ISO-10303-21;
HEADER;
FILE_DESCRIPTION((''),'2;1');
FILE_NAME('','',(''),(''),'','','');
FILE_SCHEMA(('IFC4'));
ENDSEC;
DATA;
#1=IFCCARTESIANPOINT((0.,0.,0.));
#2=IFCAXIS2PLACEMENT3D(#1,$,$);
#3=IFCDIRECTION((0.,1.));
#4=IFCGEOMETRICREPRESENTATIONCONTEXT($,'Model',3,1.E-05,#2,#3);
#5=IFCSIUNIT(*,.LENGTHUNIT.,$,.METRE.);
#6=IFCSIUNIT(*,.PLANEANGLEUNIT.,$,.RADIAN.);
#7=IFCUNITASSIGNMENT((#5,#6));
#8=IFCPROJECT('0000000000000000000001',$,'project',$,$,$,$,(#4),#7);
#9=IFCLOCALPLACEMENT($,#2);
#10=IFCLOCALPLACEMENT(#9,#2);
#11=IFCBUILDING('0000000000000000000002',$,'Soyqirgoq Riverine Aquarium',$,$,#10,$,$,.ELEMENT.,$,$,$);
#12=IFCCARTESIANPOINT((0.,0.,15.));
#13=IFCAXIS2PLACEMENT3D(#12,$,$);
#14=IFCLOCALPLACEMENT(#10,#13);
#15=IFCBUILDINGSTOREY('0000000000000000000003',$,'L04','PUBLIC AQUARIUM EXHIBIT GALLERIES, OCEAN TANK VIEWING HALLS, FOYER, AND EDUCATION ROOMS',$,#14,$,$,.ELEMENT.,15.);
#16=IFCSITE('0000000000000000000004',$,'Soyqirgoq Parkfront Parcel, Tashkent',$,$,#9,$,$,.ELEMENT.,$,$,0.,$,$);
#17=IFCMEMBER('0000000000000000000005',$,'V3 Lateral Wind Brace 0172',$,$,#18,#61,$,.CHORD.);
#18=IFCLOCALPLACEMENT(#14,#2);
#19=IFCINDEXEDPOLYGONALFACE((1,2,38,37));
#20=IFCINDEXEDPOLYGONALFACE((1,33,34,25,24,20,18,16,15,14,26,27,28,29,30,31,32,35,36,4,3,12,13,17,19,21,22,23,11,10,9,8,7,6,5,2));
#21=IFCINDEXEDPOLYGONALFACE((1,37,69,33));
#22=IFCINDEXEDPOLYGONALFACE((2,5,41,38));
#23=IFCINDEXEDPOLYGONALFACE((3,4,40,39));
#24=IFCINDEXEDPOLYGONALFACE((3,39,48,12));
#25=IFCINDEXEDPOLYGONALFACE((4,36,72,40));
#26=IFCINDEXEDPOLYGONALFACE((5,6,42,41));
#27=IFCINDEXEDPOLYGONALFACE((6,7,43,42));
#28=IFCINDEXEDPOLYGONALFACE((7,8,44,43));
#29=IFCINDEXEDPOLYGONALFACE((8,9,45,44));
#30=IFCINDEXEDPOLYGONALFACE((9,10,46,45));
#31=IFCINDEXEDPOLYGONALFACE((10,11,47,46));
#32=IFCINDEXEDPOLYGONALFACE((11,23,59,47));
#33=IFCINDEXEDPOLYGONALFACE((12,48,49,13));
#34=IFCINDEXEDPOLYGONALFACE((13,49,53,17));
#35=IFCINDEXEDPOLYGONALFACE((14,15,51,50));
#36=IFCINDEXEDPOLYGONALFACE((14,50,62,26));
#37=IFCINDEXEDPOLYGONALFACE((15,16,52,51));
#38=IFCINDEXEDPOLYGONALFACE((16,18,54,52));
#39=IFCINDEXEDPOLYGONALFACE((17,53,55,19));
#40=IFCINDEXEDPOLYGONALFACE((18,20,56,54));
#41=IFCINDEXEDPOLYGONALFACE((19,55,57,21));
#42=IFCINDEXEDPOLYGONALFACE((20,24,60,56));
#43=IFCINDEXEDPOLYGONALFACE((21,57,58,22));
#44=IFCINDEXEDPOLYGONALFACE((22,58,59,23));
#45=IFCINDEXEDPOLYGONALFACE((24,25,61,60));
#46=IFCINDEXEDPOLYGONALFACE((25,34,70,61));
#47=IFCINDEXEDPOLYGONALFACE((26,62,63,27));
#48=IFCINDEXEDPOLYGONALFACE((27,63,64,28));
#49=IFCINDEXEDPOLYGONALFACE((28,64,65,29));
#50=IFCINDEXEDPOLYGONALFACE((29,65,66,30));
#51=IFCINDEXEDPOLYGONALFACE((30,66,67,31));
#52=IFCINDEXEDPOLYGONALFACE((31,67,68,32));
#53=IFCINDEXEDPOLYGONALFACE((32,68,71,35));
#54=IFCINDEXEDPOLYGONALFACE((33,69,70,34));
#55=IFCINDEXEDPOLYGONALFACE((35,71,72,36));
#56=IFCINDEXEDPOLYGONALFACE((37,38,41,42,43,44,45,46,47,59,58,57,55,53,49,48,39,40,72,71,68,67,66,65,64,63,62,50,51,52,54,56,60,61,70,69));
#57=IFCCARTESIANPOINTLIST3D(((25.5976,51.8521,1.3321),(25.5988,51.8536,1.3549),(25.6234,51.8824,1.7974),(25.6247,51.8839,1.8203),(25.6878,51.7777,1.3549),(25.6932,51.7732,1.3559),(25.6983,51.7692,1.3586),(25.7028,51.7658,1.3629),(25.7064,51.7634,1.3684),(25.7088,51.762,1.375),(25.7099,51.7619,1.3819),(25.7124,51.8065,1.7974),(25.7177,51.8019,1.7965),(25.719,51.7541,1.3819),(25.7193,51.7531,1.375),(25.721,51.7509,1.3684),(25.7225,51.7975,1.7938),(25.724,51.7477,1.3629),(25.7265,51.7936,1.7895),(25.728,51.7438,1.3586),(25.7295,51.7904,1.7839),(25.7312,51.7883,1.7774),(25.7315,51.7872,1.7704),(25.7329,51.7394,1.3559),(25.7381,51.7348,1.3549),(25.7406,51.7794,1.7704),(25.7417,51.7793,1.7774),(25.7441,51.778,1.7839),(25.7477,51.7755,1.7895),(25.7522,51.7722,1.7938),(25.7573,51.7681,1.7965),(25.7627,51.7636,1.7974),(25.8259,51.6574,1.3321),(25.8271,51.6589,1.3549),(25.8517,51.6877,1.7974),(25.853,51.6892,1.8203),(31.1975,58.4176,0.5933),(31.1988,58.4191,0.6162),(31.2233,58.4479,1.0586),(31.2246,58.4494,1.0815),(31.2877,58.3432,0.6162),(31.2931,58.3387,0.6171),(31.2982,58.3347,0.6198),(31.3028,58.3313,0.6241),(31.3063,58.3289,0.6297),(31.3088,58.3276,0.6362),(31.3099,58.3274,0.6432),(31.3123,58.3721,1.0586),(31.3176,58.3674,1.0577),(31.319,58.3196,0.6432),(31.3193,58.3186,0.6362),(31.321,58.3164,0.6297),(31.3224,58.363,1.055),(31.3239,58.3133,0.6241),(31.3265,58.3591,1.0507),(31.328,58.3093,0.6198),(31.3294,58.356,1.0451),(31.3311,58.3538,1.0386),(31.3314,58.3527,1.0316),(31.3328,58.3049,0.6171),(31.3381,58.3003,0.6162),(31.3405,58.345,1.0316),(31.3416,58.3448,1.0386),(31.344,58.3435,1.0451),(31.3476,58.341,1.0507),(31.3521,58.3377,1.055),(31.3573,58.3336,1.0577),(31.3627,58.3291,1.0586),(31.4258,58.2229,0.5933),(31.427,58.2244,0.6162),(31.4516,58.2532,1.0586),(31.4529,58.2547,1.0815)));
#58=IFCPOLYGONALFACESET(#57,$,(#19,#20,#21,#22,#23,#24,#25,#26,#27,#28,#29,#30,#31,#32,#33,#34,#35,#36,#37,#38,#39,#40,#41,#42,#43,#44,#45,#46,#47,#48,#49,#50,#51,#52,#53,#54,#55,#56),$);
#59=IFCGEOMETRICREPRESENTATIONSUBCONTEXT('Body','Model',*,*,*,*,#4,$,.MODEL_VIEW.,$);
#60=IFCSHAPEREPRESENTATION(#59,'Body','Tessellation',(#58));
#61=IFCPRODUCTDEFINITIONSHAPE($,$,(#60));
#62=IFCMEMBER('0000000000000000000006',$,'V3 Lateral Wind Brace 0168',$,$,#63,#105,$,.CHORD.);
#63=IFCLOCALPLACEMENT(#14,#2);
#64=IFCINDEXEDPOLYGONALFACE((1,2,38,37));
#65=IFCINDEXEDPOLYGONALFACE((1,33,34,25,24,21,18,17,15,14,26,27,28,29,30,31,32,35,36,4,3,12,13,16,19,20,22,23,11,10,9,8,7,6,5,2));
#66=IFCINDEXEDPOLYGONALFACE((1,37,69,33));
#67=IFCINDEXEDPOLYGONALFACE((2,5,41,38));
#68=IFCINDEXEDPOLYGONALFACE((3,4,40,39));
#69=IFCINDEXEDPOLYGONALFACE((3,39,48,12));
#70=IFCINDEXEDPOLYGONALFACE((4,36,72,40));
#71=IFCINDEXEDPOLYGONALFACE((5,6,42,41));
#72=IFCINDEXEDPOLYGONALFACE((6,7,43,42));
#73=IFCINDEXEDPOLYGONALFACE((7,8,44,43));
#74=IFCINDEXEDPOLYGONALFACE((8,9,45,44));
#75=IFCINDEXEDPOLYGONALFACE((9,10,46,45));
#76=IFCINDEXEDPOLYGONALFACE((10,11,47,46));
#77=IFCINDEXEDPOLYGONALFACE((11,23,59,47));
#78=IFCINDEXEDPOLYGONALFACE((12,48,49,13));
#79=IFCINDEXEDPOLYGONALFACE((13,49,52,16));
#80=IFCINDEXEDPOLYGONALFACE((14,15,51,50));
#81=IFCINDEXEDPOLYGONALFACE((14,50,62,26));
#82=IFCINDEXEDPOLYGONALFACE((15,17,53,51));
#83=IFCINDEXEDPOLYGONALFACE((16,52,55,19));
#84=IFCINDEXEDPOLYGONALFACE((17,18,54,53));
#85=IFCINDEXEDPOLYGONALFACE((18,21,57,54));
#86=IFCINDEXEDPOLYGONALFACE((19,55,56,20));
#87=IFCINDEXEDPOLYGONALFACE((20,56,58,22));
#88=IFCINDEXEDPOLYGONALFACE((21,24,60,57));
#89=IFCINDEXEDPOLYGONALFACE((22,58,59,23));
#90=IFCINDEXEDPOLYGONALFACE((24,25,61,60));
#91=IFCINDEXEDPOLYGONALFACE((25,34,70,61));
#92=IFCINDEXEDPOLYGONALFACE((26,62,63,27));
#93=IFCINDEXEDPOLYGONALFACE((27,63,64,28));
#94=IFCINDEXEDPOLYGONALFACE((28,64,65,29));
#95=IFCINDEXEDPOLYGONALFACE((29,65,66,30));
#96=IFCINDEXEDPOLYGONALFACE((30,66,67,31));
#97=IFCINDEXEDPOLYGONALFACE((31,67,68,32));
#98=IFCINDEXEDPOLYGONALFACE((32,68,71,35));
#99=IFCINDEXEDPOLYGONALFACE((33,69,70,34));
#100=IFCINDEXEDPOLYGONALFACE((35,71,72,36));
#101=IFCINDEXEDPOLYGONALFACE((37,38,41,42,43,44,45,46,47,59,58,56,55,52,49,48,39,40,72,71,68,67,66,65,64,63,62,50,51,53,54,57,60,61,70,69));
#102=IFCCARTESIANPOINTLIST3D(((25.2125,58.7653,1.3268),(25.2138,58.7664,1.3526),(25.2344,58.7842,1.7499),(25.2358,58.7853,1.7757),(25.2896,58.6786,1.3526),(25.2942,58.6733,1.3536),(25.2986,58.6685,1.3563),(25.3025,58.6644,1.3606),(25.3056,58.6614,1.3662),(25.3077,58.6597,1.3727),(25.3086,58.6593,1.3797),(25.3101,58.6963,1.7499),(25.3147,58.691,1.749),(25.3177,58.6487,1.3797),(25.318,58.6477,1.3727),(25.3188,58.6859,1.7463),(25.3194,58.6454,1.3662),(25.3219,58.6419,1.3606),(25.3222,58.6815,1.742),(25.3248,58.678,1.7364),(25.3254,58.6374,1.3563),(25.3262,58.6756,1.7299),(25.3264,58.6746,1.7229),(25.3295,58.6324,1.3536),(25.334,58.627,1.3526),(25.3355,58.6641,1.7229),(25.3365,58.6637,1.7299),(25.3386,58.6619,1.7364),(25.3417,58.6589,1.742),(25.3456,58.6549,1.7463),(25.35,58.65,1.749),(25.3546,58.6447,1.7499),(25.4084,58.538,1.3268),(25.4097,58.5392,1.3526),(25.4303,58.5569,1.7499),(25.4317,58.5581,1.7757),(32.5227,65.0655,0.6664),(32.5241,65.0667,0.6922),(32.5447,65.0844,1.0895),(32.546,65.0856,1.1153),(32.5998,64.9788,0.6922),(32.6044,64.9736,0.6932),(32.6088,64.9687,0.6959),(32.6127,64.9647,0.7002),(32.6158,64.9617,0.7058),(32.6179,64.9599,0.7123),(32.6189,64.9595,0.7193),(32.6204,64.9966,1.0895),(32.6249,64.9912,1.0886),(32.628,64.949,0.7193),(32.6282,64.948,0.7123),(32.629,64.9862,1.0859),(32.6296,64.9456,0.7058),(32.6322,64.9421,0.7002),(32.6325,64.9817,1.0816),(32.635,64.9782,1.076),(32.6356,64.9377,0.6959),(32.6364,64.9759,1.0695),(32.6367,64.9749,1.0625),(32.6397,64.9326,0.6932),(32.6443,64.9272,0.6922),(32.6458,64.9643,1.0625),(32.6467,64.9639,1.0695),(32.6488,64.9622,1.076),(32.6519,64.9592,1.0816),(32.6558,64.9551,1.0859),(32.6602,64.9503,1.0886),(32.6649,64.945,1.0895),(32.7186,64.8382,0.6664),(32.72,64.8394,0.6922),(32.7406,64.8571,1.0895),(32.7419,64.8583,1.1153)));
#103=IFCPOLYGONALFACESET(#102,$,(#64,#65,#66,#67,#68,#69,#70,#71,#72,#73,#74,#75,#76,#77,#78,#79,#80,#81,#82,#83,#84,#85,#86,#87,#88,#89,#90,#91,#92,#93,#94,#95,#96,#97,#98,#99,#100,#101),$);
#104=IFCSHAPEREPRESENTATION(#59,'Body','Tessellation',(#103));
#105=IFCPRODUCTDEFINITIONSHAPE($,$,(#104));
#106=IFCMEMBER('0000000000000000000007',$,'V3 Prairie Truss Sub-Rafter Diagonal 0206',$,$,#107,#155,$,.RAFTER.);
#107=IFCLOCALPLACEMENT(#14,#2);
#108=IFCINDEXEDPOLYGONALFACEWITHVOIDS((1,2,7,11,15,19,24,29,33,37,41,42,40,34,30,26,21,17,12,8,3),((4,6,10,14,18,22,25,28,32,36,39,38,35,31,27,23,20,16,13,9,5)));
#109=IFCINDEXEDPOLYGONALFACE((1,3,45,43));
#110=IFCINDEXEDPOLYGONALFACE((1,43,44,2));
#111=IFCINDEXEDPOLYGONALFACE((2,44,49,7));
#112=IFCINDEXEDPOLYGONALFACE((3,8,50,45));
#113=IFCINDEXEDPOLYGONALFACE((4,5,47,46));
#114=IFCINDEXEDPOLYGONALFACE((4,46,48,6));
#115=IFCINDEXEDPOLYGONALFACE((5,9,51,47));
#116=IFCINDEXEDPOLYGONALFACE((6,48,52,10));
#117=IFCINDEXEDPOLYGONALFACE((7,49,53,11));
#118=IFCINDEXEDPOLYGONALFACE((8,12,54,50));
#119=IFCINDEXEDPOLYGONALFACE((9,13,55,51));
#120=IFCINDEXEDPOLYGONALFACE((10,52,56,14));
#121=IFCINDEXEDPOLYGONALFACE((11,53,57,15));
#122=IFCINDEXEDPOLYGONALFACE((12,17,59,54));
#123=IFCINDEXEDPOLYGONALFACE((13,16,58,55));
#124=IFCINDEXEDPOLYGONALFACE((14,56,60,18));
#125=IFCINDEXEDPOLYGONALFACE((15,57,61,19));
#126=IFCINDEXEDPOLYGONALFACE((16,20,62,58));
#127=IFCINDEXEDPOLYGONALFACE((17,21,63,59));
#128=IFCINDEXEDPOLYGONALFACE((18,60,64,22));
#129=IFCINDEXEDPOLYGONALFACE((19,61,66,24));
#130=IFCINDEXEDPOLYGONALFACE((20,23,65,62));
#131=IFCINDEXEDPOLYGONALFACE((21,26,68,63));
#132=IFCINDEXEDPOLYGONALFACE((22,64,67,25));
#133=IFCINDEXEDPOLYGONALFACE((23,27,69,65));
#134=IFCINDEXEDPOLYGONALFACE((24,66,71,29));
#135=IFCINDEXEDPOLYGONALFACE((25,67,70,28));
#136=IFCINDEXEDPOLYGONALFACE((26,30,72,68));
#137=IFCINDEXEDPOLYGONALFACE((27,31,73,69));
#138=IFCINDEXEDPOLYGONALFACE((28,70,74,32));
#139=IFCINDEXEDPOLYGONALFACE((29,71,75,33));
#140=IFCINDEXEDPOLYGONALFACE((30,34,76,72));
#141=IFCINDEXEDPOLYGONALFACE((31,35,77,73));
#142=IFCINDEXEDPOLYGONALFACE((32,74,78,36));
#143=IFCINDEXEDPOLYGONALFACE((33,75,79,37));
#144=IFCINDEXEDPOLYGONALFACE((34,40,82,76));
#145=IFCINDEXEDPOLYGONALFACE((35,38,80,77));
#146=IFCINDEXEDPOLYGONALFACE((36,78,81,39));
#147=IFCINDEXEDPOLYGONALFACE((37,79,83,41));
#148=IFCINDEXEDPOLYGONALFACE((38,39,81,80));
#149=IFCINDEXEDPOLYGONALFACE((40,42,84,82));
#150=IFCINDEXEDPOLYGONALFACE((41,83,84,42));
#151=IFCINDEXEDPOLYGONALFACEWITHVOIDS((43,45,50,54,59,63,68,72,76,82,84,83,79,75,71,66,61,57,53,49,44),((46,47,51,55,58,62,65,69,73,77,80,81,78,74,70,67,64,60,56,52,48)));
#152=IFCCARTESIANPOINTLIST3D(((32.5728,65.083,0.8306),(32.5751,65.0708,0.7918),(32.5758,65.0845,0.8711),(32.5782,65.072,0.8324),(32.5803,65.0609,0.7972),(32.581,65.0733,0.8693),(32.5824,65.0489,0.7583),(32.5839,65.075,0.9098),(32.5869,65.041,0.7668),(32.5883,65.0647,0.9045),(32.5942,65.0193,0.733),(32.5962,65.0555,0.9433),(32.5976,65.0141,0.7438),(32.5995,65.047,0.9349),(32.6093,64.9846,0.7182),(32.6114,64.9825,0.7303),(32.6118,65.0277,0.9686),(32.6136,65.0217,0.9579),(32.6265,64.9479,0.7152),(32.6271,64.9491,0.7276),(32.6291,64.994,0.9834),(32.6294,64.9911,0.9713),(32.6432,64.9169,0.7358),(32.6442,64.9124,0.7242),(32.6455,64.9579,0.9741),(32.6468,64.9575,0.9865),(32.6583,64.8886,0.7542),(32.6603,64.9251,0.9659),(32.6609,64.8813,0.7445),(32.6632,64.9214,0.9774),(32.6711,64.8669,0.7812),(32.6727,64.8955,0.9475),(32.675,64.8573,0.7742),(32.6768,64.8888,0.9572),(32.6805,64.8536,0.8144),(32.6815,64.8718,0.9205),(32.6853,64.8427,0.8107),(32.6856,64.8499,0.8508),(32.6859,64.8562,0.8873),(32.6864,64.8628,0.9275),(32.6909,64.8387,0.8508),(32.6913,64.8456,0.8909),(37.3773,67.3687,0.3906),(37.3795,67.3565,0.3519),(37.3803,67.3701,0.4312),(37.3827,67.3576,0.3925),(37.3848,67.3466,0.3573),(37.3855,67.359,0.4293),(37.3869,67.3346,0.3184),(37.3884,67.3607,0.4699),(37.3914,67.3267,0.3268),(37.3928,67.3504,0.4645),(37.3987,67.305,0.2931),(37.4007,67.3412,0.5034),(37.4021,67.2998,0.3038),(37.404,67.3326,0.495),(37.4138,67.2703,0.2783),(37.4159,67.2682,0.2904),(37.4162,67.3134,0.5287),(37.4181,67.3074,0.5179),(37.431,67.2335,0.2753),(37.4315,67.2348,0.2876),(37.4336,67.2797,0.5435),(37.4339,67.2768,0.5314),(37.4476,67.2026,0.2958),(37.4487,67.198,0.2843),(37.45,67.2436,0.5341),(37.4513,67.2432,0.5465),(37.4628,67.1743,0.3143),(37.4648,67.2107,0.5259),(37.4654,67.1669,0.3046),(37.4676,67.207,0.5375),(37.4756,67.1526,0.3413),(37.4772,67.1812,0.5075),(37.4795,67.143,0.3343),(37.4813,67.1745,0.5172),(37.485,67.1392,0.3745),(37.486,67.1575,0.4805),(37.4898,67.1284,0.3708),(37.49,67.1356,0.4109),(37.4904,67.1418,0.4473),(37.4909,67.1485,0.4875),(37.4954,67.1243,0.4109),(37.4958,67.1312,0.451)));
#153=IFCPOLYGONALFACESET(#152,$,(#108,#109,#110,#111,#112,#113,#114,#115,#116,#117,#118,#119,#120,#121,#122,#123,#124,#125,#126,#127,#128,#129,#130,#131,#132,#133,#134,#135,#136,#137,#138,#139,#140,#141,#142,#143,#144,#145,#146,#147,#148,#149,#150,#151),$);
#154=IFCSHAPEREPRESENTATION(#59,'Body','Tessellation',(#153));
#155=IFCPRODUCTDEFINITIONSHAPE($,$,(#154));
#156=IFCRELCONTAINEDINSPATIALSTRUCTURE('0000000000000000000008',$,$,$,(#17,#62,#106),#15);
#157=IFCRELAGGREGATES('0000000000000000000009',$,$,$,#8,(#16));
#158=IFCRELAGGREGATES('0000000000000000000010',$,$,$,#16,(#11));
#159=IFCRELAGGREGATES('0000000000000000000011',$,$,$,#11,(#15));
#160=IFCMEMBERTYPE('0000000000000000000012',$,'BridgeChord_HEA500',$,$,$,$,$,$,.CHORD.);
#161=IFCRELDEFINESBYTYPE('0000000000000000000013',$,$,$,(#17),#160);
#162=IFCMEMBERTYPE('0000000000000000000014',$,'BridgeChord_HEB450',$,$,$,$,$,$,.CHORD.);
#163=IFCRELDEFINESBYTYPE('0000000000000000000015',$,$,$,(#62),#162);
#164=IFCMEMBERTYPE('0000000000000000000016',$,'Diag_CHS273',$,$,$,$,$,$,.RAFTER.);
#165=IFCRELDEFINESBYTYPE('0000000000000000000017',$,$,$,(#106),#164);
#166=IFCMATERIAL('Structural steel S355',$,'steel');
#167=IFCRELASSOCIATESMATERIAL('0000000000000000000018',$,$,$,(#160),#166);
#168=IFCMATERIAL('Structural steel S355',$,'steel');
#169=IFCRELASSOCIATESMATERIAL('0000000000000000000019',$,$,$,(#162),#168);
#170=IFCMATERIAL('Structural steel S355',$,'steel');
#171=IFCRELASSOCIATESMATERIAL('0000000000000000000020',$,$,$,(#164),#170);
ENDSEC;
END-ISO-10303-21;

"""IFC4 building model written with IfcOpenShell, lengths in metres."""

from ifc_helpers import new_model, si_unit, direction, frame, origin, origin_2d, place, context, subcontext, project, spatial, hollow_circle, i_section, extrude, material, material_profile, profile_set, type_object, element, save


model = new_model("IFC4")

# Units and contexts
model_context = context("Model", 3, precision=1e-05, world=origin(), true_north=direction((0.0, 1.0)))
body_context = subcontext(model_context, "Body", "Model", "MODEL_VIEW")
ifc_project = project(units=[si_unit("LENGTHUNIT", "METRE"), si_unit("PLANEANGLEUNIT", "RADIAN")], contexts=[model_context])

# Site, building, storey
site_placement = place(None, origin())
site = spatial("IfcSite", under=ifc_project, at=site_placement, Name="Soyqirgoq Parkfront Parcel, Tashkent", CompositionType="ELEMENT", RefElevation=0.0)
building_placement = place(site_placement, origin())
building = spatial("IfcBuilding", under=site, at=building_placement, Name="Soyqirgoq Riverine Aquarium", CompositionType="ELEMENT")
storey_placement = place(building_placement, frame((0.0, 0.0, 15.0)))
storey = spatial("IfcBuildingStorey", under=building, at=storey_placement, Name="L04", Description="PUBLIC AQUARIUM EXHIBIT GALLERIES, OCEAN TANK VIEWING HALLS, FOYER, AND EDUCATION ROOMS", CompositionType="ELEMENT", Elevation=15.0)

# Members
ifc_material_1 = material(Name="Structural steel S355", Category="steel")
ifc_material_profile_1 = material_profile(ifc_material_1, i_section(OverallWidth=0.3, OverallDepth=0.49, WebThickness=0.012, FlangeThickness=0.0229, FilletRadius=0.0271, at=origin_2d()), Name="HEA 500")
ifc_profile_set_1 = profile_set([ifc_material_profile_1], Name="Structural steel S355")
member_type_1 = type_object("IfcMemberType", Name="BridgeChord_HEA500", PredefinedType="CHORD", material=ifc_profile_set_1)
member_1_placement = place(storey_placement, frame((31.3252, 58.3362, 0.8374), z_axis=(-0.646577, -0.758065, 0.085301), x_axis=(0.760838, -0.648942, 0.0)))
element("IfcMember", 1, at=member_1_placement, inside=storey, type_object=member_type_1, Name="V3 Lateral Wind Brace 0172", PredefinedType="CHORD", context=body_context, shape_type="SweptSolid", body=[
    extrude(i_section(OverallWidth=0.3, OverallDepth=0.49, WebThickness=0.012, FlangeThickness=0.0229, FilletRadius=0.0271, at=origin_2d()), origin(), (0.0, 0.0, 1.0), 8.6609),
])
ifc_material_2 = material(Name="Structural steel S355", Category="steel")
ifc_material_profile_2 = material_profile(ifc_material_2, i_section(OverallWidth=0.3, OverallDepth=0.45, WebThickness=0.0139, FlangeThickness=0.0259, FilletRadius=0.0271, at=origin_2d()), Name="HEB 450")
ifc_profile_set_2 = profile_set([ifc_material_profile_2], Name="Structural steel S355")
member_type_2 = type_object("IfcMemberType", Name="BridgeChord_HEB450", PredefinedType="CHORD", material=ifc_profile_set_2)
member_2_placement = place(storey_placement, frame((32.6323, 64.9619, 0.8909), z_axis=(-0.755729, -0.651316, 0.068271), x_axis=(0.652839, -0.757497, 0.0)))
element("IfcMember", 2, at=member_2_placement, inside=storey, type_object=member_type_2, Name="V3 Lateral Wind Brace 0168", PredefinedType="CHORD", context=body_context, shape_type="SweptSolid", body=[
    extrude(i_section(OverallWidth=0.3, OverallDepth=0.45, WebThickness=0.0139, FlangeThickness=0.0259, FilletRadius=0.0271, at=origin_2d()), origin(), (0.0, 0.0, 1.0), 9.6731),
])
ifc_material_3 = material(Name="Structural steel S355", Category="steel")
ifc_material_profile_3 = material_profile(ifc_material_3, hollow_circle(Radius=0.1365, WallThickness=0.0125, at=origin_2d()), Name="CHS 273x12.5")
ifc_profile_set_3 = profile_set([ifc_material_profile_3], Name="Structural steel S355")
member_type_3 = type_object("IfcMemberType", Name="Diag_CHS273", PredefinedType="RAFTER", material=ifc_profile_set_3)
member_3_placement = place(storey_placement, frame((37.4368, 67.2476, 0.4109), z_axis=(-0.899948, -0.428137, 0.082408), x_axis=(0.429599, -0.90302, 0.0)))
element("IfcMember", 3, at=member_3_placement, inside=storey, type_object=member_type_3, Name="V3 Prairie Truss Sub-Rafter Diagonal 0206", PredefinedType="RAFTER", context=body_context, shape_type="SweptSolid", body=[
    extrude(hollow_circle(Radius=0.1365, WallThickness=0.0125, at=origin_2d()), origin(), (0.0, 0.0, 1.0), 5.3386),
])

save(model, "model.ifc")
